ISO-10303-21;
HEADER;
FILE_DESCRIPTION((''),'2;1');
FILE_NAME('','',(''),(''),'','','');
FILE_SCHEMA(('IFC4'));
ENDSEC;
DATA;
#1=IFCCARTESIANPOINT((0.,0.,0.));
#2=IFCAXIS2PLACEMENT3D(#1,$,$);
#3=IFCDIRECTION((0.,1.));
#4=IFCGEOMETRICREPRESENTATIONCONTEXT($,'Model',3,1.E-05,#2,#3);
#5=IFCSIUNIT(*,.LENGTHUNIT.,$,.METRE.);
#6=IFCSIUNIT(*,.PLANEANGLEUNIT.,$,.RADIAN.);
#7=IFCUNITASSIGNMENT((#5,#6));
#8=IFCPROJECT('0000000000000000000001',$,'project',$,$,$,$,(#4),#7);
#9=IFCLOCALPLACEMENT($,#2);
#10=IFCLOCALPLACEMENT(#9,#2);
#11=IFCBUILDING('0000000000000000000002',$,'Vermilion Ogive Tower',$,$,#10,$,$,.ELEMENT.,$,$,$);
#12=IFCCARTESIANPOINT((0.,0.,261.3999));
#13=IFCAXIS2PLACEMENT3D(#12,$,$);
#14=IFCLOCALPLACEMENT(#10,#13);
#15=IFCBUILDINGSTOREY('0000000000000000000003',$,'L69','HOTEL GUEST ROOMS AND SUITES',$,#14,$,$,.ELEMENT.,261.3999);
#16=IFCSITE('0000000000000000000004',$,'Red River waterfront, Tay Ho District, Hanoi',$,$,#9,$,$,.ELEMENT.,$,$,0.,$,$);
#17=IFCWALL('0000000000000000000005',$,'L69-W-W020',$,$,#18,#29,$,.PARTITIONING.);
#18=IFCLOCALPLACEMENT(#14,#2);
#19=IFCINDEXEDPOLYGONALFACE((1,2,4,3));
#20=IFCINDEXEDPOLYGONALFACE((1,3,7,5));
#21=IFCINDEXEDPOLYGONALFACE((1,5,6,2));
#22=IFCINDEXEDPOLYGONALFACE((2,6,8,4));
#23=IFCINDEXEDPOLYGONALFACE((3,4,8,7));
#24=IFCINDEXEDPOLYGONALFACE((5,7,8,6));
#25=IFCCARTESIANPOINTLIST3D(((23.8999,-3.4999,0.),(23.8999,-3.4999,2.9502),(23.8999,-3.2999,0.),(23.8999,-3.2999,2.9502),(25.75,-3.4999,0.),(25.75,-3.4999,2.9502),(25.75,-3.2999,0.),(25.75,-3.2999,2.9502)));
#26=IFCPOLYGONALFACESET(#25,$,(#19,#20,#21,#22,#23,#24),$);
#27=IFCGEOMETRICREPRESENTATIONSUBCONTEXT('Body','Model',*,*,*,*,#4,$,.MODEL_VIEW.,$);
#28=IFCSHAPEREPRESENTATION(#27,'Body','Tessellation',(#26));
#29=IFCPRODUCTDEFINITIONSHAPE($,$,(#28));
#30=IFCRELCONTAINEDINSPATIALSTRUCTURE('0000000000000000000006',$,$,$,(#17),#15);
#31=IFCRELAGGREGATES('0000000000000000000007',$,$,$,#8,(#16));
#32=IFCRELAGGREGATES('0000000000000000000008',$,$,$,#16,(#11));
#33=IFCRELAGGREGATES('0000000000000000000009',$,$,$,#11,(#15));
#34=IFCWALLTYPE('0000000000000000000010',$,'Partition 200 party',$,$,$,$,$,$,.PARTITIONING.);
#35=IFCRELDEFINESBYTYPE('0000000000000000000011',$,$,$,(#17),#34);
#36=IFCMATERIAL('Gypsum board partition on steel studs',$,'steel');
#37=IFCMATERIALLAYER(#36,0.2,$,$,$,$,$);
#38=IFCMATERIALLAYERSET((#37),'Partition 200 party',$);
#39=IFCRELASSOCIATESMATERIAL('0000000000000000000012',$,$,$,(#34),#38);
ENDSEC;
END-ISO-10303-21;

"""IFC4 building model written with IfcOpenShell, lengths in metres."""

from ifc_helpers import new_model, si_unit, direction, frame, frame_2d, origin, place, context, subcontext, project, spatial, rectangle, extrude, material, layer, layer_set, type_object, element, save


model = new_model("IFC4")

# Units and contexts
model_context = context("Model", 3, precision=1e-05, world=origin(), true_north=direction((0.0, 1.0)))
body_context = subcontext(model_context, "Body", "Model", "MODEL_VIEW")
ifc_project = project(units=[si_unit("LENGTHUNIT", "METRE"), si_unit("PLANEANGLEUNIT", "RADIAN")], contexts=[model_context])

# Site, building, storey
site_placement = place(None, origin())
site = spatial("IfcSite", under=ifc_project, at=site_placement, Name="Red River waterfront, Tay Ho District, Hanoi", CompositionType="ELEMENT", RefElevation=0.0)
building_placement = place(site_placement, origin())
building = spatial("IfcBuilding", under=site, at=building_placement, Name="Vermilion Ogive Tower", CompositionType="ELEMENT")
storey_placement = place(building_placement, frame((0.0, 0.0, 261.3999)))
storey = spatial("IfcBuildingStorey", under=building, at=storey_placement, Name="L69", Description="HOTEL GUEST ROOMS AND SUITES", CompositionType="ELEMENT", Elevation=261.3999)

# Wall
ifc_material_1 = material(Name="Gypsum board partition on steel studs", Category="steel")
ifc_layer_1 = layer(ifc_material_1, 0.2)
ifc_layer_set_1 = layer_set([ifc_layer_1], Name="Partition 200 party")
wall_type_1 = type_object("IfcWallType", Name="Partition 200 party", PredefinedType="PARTITIONING", material=ifc_layer_set_1)
wall_1_placement = place(storey_placement, frame((23.8999, -3.3999, 0.0), z_axis=(0.0, 0.0, 1.0), x_axis=(1.0, 0.0, 0.0)))
element("IfcWall", 1, at=wall_1_placement, inside=storey, type_object=wall_type_1, Name="L69-W-W020", PredefinedType="PARTITIONING", context=body_context, shape_type="SweptSolid", body=[
    extrude(rectangle(XDim=1.8501, YDim=0.2, at=frame_2d((0.925, 0.0))), origin(), (0.0, 0.0, 1.0), 2.9502),
])

save(model, "model.ifc")
